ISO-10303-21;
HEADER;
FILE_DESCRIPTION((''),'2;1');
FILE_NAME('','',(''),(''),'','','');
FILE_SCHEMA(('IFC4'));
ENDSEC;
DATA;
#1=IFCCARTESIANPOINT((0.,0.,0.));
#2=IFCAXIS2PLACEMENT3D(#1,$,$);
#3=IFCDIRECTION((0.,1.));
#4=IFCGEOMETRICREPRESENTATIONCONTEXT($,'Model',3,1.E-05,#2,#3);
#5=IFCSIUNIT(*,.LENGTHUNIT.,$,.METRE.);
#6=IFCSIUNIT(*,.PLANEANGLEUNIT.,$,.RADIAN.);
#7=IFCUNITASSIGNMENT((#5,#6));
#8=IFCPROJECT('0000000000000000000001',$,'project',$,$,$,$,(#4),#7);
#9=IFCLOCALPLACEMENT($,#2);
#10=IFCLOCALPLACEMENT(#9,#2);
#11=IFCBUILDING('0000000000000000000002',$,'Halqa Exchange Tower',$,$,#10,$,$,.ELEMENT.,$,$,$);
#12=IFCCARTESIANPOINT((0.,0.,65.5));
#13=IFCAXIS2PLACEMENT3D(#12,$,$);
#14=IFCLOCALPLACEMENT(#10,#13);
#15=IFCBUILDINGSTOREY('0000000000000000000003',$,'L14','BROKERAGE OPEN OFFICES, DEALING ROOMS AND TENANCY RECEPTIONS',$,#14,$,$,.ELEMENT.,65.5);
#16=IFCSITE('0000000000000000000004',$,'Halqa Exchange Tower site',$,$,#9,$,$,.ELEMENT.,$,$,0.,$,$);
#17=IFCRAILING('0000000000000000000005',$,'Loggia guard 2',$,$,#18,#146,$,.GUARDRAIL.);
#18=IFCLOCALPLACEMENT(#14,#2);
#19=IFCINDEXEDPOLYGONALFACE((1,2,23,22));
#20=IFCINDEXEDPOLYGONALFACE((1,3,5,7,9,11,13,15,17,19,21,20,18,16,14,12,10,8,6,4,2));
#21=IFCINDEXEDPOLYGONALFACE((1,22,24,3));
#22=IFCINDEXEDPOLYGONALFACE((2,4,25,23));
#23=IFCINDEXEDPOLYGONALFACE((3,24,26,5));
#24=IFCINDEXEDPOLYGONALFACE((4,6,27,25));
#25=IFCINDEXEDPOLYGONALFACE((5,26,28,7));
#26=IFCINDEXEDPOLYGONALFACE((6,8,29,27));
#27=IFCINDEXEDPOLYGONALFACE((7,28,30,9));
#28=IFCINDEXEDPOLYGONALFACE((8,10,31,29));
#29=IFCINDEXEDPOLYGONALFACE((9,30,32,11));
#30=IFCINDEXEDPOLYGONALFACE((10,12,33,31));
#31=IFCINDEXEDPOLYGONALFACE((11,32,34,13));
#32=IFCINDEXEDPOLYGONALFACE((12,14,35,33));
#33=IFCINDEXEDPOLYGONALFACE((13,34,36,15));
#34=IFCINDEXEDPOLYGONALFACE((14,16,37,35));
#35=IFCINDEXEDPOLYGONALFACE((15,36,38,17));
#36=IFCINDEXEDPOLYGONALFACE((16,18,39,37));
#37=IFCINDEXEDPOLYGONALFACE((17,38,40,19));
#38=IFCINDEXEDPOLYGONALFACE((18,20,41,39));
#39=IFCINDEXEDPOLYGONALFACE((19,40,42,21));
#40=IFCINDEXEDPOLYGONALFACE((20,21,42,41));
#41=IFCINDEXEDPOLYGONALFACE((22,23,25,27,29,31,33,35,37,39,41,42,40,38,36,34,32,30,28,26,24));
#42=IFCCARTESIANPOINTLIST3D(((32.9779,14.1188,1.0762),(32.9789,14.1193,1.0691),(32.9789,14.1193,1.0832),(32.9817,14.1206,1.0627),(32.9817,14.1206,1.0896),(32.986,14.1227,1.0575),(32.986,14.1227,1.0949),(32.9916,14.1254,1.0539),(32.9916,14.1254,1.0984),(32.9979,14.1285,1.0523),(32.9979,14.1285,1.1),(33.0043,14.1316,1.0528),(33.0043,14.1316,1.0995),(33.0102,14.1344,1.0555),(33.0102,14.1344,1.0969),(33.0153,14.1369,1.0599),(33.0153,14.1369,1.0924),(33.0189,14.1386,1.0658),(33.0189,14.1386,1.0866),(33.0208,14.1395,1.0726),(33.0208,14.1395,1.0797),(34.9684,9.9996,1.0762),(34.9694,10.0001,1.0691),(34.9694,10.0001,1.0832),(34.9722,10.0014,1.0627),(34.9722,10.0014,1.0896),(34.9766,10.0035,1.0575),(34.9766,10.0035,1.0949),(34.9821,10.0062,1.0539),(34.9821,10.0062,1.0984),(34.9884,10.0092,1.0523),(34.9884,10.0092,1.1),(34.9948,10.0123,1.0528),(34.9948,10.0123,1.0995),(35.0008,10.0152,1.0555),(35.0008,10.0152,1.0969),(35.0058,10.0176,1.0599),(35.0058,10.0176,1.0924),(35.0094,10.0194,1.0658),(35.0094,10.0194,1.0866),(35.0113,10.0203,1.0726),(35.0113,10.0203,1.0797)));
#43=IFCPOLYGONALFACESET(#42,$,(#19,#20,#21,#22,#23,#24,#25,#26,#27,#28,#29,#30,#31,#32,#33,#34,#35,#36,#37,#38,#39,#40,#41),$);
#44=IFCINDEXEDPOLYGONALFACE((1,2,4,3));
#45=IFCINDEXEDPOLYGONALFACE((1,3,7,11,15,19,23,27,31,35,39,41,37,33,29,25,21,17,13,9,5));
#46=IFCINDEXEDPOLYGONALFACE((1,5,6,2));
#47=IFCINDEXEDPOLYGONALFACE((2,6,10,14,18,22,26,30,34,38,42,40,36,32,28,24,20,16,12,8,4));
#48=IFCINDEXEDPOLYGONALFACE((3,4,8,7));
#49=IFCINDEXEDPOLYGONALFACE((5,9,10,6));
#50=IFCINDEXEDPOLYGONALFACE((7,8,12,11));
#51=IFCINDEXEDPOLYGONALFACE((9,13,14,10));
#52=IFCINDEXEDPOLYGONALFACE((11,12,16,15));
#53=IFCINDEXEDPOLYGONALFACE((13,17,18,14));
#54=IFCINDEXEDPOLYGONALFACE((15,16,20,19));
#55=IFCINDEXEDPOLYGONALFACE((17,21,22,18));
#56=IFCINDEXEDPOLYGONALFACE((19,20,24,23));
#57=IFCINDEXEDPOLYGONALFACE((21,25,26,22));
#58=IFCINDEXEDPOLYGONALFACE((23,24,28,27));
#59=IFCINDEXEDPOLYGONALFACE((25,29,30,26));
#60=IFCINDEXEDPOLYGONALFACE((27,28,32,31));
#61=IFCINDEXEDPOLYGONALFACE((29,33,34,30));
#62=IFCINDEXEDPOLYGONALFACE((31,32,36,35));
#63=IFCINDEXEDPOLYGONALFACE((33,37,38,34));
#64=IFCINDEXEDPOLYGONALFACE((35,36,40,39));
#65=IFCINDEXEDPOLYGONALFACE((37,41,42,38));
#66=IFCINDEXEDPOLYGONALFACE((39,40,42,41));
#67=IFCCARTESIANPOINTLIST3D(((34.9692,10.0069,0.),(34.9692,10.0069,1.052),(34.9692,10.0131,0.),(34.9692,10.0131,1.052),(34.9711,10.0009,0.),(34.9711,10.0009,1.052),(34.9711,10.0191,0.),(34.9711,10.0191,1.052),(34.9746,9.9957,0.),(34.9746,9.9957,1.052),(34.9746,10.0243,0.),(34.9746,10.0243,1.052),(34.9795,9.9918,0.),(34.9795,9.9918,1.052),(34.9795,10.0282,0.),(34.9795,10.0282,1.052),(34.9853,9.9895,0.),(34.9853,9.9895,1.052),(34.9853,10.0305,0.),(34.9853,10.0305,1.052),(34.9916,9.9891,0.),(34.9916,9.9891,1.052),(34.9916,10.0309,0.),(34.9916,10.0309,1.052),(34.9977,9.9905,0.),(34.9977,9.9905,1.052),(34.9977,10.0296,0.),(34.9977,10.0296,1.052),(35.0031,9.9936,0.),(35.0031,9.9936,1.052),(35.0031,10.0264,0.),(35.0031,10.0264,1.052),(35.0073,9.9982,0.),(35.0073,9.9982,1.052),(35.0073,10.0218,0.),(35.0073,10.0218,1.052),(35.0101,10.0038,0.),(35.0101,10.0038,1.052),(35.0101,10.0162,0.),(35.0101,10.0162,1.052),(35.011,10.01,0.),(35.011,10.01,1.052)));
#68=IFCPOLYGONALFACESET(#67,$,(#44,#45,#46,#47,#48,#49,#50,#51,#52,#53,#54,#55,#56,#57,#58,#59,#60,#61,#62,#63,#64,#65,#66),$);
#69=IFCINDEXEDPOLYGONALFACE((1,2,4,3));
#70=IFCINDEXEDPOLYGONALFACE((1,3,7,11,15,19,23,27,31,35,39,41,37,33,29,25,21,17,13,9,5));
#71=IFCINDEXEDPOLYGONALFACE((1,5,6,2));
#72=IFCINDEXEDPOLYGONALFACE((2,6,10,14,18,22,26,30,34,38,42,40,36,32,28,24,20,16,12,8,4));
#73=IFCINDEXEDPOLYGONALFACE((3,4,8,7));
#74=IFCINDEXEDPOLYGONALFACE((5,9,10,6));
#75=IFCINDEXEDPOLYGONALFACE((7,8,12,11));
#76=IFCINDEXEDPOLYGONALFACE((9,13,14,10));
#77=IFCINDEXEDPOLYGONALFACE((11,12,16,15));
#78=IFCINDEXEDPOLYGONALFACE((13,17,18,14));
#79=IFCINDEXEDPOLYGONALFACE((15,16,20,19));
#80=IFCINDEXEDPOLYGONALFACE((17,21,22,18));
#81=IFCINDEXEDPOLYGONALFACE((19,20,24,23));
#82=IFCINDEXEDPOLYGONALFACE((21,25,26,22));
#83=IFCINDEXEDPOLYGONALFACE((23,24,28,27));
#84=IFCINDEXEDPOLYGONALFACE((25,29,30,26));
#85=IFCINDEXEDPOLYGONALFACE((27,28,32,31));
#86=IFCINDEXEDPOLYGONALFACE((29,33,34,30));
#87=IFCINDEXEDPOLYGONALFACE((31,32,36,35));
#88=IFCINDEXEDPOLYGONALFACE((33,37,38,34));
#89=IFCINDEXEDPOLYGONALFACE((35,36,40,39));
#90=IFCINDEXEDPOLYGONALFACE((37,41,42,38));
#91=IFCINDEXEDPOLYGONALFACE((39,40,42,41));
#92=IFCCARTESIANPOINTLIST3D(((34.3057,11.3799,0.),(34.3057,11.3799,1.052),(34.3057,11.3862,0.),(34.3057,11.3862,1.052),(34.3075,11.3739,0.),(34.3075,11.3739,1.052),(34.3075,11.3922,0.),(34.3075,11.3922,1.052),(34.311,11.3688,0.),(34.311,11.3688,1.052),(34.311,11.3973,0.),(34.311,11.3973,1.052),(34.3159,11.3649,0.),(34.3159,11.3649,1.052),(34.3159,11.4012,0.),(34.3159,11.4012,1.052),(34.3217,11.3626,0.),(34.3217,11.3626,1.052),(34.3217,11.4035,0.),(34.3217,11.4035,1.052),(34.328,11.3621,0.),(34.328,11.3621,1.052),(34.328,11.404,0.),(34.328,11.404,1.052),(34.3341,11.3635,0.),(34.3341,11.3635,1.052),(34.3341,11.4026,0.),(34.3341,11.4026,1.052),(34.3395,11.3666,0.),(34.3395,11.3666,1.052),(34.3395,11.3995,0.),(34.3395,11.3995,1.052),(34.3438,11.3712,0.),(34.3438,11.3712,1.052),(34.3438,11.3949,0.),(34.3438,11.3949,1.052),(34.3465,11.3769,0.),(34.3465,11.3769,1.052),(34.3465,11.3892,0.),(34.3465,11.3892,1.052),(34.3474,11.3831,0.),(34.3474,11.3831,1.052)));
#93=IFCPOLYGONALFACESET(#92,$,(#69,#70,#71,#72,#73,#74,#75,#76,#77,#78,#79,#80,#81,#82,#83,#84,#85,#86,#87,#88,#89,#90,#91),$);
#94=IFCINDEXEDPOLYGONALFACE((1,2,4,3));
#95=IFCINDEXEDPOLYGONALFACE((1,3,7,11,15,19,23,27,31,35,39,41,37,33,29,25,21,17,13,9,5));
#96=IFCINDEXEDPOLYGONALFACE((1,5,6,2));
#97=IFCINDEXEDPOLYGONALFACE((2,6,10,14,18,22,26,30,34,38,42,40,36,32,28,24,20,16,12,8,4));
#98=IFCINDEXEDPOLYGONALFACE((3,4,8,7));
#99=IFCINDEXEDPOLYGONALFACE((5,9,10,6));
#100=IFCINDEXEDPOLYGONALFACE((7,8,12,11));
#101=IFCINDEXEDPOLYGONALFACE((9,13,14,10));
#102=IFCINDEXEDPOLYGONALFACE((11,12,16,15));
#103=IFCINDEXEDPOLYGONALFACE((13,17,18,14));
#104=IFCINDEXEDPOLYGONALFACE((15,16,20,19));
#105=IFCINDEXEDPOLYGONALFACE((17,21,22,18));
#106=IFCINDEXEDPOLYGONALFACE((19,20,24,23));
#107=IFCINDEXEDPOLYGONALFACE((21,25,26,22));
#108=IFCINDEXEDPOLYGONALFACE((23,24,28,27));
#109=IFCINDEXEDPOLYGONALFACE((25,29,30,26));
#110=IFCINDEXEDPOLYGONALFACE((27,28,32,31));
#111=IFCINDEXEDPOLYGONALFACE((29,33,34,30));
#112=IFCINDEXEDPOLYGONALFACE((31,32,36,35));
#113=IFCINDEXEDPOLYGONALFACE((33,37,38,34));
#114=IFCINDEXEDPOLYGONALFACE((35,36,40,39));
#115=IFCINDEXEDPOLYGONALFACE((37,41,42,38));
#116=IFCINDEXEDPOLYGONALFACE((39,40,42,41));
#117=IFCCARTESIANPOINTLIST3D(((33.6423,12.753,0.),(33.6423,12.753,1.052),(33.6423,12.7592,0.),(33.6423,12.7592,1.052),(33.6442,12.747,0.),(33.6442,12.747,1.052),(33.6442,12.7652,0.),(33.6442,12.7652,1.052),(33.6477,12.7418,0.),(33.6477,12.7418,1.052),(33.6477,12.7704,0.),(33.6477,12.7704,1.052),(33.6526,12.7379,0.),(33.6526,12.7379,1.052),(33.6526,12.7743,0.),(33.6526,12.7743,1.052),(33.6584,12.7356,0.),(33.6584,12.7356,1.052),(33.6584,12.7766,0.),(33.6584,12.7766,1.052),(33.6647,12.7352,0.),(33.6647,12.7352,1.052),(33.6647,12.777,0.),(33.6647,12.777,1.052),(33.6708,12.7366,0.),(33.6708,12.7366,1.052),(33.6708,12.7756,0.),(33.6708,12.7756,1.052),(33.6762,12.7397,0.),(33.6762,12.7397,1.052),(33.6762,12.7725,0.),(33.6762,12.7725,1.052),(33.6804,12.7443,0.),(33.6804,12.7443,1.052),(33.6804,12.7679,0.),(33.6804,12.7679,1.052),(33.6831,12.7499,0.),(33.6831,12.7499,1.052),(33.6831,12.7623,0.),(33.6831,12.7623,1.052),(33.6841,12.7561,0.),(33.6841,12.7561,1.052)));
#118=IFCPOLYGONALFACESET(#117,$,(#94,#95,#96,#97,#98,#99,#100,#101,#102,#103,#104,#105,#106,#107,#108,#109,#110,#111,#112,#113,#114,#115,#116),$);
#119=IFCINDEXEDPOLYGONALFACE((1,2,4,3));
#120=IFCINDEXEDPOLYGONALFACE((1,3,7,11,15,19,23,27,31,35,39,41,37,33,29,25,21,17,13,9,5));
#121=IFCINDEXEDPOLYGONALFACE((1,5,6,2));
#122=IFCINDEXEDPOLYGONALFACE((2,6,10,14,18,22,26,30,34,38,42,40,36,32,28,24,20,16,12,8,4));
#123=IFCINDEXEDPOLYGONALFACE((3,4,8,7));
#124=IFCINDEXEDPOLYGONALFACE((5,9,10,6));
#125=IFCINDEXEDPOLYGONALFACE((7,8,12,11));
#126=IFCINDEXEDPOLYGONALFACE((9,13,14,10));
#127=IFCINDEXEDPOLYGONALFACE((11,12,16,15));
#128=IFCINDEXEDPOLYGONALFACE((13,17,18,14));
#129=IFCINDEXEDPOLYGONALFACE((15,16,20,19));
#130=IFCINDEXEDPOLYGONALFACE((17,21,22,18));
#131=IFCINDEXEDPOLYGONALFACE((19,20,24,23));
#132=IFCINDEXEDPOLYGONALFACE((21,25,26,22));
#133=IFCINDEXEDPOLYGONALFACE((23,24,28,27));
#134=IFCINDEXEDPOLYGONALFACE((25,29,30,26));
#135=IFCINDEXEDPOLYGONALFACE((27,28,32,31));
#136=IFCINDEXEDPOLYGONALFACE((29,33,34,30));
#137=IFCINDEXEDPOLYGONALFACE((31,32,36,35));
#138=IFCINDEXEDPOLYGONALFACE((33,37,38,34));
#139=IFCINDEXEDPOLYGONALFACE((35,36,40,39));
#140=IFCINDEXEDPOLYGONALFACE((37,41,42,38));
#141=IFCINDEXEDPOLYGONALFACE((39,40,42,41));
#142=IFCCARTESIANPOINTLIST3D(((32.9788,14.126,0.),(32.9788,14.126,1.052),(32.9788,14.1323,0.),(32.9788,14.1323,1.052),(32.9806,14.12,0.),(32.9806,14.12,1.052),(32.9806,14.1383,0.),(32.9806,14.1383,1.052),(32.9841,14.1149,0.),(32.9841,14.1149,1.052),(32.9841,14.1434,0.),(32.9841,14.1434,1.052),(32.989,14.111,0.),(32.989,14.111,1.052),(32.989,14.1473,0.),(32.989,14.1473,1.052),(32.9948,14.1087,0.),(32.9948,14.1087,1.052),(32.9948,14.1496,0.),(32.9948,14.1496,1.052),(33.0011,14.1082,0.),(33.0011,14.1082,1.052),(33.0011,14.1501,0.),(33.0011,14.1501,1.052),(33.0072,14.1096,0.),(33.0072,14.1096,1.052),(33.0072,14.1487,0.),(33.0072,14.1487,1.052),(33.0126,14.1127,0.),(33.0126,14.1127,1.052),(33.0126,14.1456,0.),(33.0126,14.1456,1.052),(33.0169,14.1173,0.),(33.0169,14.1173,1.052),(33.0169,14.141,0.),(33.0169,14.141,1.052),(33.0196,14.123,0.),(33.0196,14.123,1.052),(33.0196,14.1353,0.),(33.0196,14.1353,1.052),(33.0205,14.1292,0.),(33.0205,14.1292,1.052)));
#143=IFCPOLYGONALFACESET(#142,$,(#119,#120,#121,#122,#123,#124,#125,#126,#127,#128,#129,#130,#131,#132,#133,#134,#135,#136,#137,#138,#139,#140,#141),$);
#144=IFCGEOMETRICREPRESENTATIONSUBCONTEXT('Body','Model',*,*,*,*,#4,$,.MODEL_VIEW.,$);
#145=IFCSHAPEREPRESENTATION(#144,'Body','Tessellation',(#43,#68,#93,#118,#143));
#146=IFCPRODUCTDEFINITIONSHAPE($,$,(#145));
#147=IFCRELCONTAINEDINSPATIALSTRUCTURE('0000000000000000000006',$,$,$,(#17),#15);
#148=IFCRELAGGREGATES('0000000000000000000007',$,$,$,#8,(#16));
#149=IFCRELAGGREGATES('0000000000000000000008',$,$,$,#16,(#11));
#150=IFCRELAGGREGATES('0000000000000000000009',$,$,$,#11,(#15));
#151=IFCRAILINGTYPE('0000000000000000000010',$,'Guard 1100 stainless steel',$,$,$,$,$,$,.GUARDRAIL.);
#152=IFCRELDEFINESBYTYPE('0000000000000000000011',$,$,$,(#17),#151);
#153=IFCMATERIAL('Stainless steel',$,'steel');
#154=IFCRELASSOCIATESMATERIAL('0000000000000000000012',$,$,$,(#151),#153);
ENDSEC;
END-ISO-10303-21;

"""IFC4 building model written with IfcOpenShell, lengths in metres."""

from ifc_helpers import new_model, si_unit, direction, frame, origin, origin_2d, place, context, subcontext, project, spatial, circle, extrude, material, type_object, element, save


model = new_model("IFC4")

# Units and contexts
model_context = context("Model", 3, precision=1e-05, world=origin(), true_north=direction((0.0, 1.0)))
body_context = subcontext(model_context, "Body", "Model", "MODEL_VIEW")
ifc_project = project(units=[si_unit("LENGTHUNIT", "METRE"), si_unit("PLANEANGLEUNIT", "RADIAN")], contexts=[model_context])

# Site, building, storey
site_placement = place(None, origin())
site = spatial("IfcSite", under=ifc_project, at=site_placement, Name="Halqa Exchange Tower site", CompositionType="ELEMENT", RefElevation=0.0)
building_placement = place(site_placement, origin())
building = spatial("IfcBuilding", under=site, at=building_placement, Name="Halqa Exchange Tower", CompositionType="ELEMENT")
storey_placement = place(building_placement, frame((0.0, 0.0, 65.5)))
storey = spatial("IfcBuildingStorey", under=building, at=storey_placement, Name="L14", Description="BROKERAGE OPEN OFFICES, DEALING ROOMS AND TENANCY RECEPTIONS", CompositionType="ELEMENT", Elevation=65.5)

# Railing
ifc_material_1 = material(Name="Stainless steel", Category="steel")
railing_type = type_object("IfcRailingType", Name="Guard 1100 stainless steel", PredefinedType="GUARDRAIL", material=ifc_material_1)
railing_1_placement = place(storey_placement, frame((34.99, 10.01, 0.0)))
element("IfcRailing", 1, at=railing_1_placement, inside=storey, type_object=railing_type, Name="Loggia guard 2", PredefinedType="GUARDRAIL", context=body_context, shape_type="SweptSolid", body=[
    extrude(circle(Radius=0.0239, at=origin_2d()), frame((0.0, 0.0, 1.0762), z_axis=(-0.435091, 0.900387, 0.0), x_axis=(-0.900387, -0.435091, 0.0)), (0.0, 0.0, 1.0), 4.575),
    extrude(circle(Radius=0.021, at=origin_2d()), origin(), (0.0, 0.0, 1.0), 1.052),
    extrude(circle(Radius=0.021, at=origin_2d()), frame((-0.6636, 1.373, 0.0)), (0.0, 0.0, 1.0), 1.052),
    extrude(circle(Radius=0.021, at=origin_2d()), frame((-1.3269, 2.7461, 0.0)), (0.0, 0.0, 1.0), 1.052),
    extrude(circle(Radius=0.021, at=origin_2d()), frame((-1.9905, 4.1191, 0.0)), (0.0, 0.0, 1.0), 1.052),
])

save(model, "model.ifc")
